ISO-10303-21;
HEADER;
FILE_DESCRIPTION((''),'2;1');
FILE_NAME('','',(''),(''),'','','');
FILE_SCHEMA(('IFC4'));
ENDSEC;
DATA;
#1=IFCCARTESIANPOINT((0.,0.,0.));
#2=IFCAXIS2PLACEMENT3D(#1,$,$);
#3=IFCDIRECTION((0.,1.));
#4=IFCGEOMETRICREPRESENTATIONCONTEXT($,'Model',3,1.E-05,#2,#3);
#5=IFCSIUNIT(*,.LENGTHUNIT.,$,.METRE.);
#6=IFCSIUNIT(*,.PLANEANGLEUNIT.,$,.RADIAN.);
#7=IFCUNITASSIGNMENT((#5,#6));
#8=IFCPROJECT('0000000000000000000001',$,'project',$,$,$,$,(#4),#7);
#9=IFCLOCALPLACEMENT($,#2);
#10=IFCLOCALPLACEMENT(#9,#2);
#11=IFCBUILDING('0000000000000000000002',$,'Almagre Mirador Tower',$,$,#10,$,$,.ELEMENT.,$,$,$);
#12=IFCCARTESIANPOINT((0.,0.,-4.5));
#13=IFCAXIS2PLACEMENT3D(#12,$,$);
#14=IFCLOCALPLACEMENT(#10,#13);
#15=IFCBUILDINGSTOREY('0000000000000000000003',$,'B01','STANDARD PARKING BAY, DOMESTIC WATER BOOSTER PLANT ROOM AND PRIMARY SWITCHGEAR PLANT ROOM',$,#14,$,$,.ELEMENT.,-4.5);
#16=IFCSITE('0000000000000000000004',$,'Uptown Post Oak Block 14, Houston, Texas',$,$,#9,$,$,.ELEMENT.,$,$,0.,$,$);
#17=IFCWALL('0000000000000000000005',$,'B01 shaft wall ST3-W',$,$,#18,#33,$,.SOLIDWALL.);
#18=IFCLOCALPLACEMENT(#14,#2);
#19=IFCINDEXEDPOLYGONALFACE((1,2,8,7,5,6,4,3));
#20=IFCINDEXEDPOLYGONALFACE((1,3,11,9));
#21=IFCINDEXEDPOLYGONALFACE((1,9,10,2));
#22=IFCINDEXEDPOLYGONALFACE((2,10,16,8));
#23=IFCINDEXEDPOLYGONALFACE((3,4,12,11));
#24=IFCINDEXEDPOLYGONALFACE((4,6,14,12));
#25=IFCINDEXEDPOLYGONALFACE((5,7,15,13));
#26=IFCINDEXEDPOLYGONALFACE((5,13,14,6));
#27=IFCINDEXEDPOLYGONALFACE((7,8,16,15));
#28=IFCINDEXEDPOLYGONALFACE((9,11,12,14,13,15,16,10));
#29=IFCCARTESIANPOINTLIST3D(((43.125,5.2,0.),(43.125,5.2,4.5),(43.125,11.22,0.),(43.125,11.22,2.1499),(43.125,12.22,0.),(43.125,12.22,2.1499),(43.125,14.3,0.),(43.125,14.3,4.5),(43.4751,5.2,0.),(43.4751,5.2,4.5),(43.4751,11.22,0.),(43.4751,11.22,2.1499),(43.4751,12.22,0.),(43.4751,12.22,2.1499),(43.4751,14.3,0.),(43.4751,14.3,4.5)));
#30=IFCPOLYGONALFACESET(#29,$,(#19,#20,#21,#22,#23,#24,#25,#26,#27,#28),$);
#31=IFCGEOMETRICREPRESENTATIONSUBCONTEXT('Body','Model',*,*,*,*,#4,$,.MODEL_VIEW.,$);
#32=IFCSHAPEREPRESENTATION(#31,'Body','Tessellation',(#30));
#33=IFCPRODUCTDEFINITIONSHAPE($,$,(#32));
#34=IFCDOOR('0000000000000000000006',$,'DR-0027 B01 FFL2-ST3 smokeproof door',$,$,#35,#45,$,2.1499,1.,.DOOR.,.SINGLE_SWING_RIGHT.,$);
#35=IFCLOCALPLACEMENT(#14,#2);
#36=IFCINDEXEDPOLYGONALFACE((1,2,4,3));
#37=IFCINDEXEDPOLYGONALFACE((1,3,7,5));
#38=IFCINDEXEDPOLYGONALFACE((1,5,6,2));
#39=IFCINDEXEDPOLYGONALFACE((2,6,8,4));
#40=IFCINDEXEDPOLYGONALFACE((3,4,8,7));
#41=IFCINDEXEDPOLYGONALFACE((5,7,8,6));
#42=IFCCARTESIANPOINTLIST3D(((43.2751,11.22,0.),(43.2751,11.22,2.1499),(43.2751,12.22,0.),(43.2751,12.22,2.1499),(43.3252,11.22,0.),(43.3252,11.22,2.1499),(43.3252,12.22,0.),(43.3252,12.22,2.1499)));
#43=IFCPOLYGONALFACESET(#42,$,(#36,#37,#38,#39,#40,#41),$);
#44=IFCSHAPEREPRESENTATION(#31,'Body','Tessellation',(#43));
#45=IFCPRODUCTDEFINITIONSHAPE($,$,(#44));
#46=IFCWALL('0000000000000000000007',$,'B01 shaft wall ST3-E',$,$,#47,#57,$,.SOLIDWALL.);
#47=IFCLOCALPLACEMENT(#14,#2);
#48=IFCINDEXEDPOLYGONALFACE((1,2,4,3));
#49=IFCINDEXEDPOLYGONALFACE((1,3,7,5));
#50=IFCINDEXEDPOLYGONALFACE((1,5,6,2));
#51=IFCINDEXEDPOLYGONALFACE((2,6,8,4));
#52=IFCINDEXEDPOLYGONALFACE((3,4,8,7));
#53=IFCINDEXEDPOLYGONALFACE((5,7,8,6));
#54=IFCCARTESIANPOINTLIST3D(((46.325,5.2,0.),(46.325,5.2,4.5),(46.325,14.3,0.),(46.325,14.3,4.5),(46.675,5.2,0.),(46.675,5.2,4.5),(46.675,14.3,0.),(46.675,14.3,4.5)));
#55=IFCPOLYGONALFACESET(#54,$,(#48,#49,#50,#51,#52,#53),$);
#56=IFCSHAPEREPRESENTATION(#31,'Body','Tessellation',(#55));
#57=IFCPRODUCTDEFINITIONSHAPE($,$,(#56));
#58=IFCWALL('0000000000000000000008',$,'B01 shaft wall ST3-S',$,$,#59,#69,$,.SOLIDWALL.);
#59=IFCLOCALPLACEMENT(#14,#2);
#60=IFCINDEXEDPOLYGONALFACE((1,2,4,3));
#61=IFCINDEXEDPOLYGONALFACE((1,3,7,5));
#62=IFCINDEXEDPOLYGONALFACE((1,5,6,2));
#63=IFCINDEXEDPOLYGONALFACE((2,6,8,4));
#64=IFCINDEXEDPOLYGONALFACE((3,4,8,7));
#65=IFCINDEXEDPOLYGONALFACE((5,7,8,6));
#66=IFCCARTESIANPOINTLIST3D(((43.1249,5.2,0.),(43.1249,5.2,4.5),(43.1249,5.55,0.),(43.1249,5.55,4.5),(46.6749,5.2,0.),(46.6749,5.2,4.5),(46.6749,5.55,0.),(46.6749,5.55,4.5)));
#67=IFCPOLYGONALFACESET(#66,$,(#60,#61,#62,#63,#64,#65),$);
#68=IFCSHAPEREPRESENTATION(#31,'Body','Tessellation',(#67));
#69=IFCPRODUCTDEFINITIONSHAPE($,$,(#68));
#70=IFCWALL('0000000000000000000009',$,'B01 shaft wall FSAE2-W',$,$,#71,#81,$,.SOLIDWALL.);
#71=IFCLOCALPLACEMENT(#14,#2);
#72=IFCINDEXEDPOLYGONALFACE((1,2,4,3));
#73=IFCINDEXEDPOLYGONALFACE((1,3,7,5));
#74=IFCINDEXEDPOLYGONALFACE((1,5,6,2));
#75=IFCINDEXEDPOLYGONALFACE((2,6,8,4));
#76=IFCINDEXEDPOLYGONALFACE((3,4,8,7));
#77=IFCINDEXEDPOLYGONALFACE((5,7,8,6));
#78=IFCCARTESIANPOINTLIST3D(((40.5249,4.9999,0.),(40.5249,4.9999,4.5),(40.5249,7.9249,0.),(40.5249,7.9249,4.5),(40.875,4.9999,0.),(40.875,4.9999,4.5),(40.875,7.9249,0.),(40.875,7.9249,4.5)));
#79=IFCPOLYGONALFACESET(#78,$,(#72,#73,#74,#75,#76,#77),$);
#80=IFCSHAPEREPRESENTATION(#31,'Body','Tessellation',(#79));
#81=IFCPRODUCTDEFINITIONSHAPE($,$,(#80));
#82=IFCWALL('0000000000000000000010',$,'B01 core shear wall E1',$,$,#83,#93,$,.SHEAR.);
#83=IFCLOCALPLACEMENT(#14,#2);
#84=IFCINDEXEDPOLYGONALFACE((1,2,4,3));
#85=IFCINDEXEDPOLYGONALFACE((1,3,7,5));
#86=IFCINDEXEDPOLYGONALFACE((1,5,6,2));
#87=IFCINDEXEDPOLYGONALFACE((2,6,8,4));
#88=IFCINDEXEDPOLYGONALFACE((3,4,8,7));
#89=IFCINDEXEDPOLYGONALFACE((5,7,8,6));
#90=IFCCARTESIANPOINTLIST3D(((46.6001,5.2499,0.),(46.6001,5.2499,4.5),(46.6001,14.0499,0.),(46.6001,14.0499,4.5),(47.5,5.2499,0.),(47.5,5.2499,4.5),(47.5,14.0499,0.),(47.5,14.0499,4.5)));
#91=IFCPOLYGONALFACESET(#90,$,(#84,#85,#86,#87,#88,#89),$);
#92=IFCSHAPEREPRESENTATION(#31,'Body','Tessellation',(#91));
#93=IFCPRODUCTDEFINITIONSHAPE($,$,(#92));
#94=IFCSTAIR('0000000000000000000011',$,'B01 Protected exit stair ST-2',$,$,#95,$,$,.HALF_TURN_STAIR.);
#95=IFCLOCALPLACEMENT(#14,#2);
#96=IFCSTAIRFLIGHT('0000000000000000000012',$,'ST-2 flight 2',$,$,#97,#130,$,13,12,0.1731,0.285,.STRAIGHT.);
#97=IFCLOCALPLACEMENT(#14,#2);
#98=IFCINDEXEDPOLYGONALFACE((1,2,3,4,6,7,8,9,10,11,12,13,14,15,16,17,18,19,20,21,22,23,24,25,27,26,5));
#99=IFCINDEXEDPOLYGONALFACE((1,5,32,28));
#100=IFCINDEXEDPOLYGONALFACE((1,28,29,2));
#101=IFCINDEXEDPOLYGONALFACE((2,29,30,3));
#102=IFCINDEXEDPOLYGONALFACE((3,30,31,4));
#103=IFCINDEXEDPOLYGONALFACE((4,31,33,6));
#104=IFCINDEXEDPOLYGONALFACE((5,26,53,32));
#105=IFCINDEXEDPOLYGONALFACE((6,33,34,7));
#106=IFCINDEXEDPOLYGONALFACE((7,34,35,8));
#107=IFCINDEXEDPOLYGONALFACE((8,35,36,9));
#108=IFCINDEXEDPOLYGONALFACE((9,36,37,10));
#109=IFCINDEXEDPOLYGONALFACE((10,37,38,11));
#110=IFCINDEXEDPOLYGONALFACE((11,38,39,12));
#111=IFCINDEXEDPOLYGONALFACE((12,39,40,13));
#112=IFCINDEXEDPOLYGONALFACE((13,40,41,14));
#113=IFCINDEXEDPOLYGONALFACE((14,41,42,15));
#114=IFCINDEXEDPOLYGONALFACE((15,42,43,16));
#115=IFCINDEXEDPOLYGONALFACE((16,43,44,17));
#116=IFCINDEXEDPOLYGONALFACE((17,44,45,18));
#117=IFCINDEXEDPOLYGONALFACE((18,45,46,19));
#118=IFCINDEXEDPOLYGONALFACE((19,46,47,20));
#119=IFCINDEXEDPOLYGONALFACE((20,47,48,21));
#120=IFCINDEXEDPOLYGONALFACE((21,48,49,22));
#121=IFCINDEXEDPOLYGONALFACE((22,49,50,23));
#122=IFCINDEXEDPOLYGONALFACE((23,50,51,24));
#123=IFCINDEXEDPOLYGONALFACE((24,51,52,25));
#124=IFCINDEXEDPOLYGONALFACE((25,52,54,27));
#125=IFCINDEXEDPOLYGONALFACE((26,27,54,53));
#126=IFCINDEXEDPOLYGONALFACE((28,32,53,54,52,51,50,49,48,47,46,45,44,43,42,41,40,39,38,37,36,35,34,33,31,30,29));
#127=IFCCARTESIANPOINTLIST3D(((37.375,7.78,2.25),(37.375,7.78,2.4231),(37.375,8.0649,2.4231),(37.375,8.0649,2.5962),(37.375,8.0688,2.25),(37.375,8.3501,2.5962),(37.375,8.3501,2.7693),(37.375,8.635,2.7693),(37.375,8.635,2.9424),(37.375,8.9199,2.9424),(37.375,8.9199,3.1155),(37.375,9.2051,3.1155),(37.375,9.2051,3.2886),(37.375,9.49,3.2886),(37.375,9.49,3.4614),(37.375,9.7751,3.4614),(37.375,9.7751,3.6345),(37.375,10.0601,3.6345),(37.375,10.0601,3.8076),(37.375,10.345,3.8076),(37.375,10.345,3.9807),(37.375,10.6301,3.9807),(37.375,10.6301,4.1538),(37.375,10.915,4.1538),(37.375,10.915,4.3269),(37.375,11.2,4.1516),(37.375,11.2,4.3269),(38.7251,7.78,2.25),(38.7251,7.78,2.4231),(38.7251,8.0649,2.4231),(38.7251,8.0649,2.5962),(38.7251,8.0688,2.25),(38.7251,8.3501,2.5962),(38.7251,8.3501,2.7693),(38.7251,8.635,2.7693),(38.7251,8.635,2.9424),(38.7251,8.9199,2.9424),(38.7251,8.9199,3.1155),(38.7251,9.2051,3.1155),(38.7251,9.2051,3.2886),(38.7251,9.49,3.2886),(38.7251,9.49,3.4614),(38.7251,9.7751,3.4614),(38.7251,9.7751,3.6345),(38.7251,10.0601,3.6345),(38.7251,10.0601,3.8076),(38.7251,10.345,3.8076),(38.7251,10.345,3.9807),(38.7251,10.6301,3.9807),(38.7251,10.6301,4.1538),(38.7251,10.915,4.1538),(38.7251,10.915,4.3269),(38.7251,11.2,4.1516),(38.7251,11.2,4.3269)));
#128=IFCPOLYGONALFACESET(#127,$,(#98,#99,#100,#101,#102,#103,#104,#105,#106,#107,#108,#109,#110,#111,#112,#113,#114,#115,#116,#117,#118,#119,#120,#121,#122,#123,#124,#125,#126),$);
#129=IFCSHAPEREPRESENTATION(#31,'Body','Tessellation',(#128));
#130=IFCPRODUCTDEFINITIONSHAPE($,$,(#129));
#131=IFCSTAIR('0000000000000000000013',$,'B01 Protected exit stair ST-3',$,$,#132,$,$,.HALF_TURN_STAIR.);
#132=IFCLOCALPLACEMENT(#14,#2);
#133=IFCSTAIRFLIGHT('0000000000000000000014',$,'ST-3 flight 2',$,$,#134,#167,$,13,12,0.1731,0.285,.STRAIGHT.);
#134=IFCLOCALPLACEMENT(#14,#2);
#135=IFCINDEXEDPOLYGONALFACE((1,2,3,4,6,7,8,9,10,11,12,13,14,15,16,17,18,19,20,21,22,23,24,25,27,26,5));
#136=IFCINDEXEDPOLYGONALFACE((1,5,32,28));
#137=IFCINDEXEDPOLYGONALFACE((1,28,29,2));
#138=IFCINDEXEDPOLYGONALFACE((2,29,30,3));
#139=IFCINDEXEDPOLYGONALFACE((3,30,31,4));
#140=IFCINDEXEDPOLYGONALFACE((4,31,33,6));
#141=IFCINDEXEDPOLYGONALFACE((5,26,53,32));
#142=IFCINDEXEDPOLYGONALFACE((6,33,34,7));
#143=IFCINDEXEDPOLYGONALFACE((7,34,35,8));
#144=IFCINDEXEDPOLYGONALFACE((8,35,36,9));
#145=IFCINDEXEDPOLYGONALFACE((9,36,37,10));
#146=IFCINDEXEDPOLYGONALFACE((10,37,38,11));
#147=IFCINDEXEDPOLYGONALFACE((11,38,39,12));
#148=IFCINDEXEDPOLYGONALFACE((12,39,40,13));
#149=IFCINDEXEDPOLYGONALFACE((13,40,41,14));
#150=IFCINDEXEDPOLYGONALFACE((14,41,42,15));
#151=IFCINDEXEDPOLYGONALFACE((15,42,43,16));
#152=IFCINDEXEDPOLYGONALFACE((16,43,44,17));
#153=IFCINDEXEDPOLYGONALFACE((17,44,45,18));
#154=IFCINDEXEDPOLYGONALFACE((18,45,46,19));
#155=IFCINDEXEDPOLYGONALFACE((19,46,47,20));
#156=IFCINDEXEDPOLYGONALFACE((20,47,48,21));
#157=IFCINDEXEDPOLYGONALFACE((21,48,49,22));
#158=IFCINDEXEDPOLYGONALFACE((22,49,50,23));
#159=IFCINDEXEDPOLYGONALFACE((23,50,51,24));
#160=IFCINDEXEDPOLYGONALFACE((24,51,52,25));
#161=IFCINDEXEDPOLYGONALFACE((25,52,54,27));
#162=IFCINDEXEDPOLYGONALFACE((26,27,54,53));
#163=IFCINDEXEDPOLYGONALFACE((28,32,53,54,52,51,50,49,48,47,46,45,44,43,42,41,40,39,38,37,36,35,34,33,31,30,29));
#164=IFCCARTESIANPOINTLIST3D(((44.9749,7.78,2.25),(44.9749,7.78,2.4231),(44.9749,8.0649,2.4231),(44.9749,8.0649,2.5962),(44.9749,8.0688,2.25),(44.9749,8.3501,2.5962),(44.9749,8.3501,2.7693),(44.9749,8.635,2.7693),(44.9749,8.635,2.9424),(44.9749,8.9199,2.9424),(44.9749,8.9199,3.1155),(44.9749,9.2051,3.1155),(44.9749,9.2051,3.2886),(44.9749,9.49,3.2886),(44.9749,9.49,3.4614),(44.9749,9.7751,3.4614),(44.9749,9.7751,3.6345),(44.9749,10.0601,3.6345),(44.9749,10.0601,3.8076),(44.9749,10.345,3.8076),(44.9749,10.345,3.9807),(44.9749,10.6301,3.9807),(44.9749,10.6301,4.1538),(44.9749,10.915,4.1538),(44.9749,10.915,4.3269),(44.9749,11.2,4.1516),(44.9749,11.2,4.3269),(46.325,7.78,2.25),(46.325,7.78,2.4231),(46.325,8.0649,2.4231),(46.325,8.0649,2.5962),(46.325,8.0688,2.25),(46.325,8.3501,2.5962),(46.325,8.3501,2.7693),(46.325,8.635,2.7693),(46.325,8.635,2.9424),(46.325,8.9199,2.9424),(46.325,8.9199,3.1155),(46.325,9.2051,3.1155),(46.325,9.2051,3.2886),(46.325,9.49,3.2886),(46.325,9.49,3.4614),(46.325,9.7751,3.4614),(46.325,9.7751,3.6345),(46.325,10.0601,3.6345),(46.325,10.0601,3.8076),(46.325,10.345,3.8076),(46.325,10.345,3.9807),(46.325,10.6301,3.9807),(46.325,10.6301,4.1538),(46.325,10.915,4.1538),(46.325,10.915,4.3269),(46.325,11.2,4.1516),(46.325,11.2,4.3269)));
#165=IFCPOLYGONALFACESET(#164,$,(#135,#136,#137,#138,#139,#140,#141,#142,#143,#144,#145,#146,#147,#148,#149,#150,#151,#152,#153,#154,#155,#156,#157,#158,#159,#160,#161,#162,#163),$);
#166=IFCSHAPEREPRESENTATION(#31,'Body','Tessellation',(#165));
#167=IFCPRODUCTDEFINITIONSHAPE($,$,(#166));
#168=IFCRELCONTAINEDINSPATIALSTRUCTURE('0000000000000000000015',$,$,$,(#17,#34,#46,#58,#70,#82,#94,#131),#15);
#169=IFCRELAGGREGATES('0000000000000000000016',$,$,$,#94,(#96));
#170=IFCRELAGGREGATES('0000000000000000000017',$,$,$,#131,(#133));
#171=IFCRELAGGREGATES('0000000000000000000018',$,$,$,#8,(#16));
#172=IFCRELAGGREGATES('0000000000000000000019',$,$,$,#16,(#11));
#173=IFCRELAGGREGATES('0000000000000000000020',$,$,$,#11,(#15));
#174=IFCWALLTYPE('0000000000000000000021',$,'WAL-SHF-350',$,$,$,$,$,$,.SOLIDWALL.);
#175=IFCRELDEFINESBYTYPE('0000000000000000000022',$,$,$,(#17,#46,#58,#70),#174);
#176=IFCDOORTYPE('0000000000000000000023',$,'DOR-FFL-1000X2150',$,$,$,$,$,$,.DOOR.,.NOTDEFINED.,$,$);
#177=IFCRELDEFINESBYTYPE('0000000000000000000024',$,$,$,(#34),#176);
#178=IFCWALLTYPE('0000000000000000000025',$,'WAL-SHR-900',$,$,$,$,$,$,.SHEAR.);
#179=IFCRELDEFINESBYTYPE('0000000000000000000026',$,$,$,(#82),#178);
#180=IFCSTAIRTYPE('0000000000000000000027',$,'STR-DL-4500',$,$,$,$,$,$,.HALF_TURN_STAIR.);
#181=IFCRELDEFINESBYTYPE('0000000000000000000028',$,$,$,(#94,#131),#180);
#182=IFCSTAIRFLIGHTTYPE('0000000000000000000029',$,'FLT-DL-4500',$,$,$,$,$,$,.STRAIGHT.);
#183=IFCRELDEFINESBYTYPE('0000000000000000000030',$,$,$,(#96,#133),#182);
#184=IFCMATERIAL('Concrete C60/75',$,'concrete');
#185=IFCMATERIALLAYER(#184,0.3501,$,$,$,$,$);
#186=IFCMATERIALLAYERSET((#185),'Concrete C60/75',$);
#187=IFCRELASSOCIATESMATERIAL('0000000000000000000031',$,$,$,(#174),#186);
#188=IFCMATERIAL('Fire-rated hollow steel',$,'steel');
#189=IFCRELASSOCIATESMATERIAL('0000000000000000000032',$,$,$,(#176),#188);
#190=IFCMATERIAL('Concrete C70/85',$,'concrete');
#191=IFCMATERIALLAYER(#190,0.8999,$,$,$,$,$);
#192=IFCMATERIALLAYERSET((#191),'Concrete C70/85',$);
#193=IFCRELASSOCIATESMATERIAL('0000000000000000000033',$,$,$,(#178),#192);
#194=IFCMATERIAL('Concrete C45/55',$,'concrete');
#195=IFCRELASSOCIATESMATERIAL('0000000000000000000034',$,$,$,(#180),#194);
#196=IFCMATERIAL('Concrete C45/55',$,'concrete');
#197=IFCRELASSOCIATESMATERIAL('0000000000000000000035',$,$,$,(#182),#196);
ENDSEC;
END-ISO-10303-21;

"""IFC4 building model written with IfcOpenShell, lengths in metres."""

from ifc_helpers import new_model, si_unit, direction, frame, frame_2d, origin, place, context, subcontext, project, spatial, polyline, rectangle, outline, extrude, material, layer, layer_set, type_object, element, fill, aggregate, save


model = new_model("IFC4")

# Units and contexts
model_context = context("Model", 3, precision=1e-05, world=origin(), true_north=direction((0.0, 1.0)))
body_context = subcontext(model_context, "Body", "Model", "MODEL_VIEW")
ifc_project = project(units=[si_unit("LENGTHUNIT", "METRE"), si_unit("PLANEANGLEUNIT", "RADIAN")], contexts=[model_context])

# Site, building, storey
site_placement = place(None, origin())
site = spatial("IfcSite", under=ifc_project, at=site_placement, Name="Uptown Post Oak Block 14, Houston, Texas", CompositionType="ELEMENT", RefElevation=0.0)
building_placement = place(site_placement, origin())
building = spatial("IfcBuilding", under=site, at=building_placement, Name="Almagre Mirador Tower", CompositionType="ELEMENT")
storey_placement = place(building_placement, frame((0.0, 0.0, -4.5)))
storey = spatial("IfcBuildingStorey", under=building, at=storey_placement, Name="B01", Description="STANDARD PARKING BAY, DOMESTIC WATER BOOSTER PLANT ROOM AND PRIMARY SWITCHGEAR PLANT ROOM", CompositionType="ELEMENT", Elevation=-4.5)

# Wall, opening, door
ifc_material_1 = material(Name="Concrete C60/75", Category="concrete")
ifc_layer_1 = layer(ifc_material_1, 0.3501)
ifc_layer_set_1 = layer_set([ifc_layer_1], Name="Concrete C60/75")
wall_type_1 = type_object("IfcWallType", Name="WAL-SHF-350", PredefinedType="SOLIDWALL", material=ifc_layer_set_1)
ifc_material_2 = material(Name="Fire-rated hollow steel", Category="steel")
door_type = type_object("IfcDoorType", Name="DOR-FFL-1000X2150", OperationType="NOTDEFINED", PredefinedType="DOOR", material=ifc_material_2)
wall_1_placement = place(storey_placement, frame((43.3, 5.2, 0.0), z_axis=(0.0, 0.0, 1.0), x_axis=(0.0, 1.0, 0.0)))
wall_1 = element("IfcWall", 1, at=wall_1_placement, inside=storey, type_object=wall_type_1, Name="B01 shaft wall ST3-W", PredefinedType="SOLIDWALL", context=body_context, shape_type="SweptSolid", body=[
    extrude(rectangle(XDim=9.1001, YDim=0.3501, at=frame_2d((4.55, 0.0))), origin(), (0.0, 0.0, 1.0), 4.5),
])
opening_1_placement = place(wall_1_placement, frame((6.02, 0.0, 0.0)))
opening_1 = element("IfcOpeningElement", 2, at=opening_1_placement, cuts=wall_1, PredefinedType="OPENING", context=body_context, shape_type="SweptSolid", body=[
    extrude(rectangle(XDim=1.0, YDim=2.1499, at=frame_2d((0.5, 1.075))), frame((0.0, 0.185, 0.0), z_axis=(0.0, -1.0, 0.0), x_axis=(1.0, 0.0, 0.0)), (0.0, 0.0, 1.0), 0.3701),
])
door_1_placement = place(opening_1_placement, origin())
door_1 = element("IfcDoor", 3, at=door_1_placement, inside=storey, type_object=door_type, Name="DR-0027 B01 FFL2-ST3 smokeproof door", OperationType="SINGLE_SWING_RIGHT", OverallHeight=2.1499, OverallWidth=1.0, PredefinedType="DOOR", context=body_context, shape_type="SweptSolid", body=[
    extrude(rectangle(XDim=1.0, YDim=2.1499, at=frame_2d((0.5, 1.075))), frame((0.0, 0.0249, 0.0), z_axis=(0.0, -1.0, 0.0), x_axis=(1.0, 0.0, 0.0)), (0.0, 0.0, 1.0), 0.05),
])
fill(opening_1, door_1)

# Walls
wall_2_placement = place(storey_placement, frame((46.5, 5.2, 0.0), z_axis=(0.0, 0.0, 1.0), x_axis=(0.0, 1.0, 0.0)))
element("IfcWall", 4, at=wall_2_placement, inside=storey, type_object=wall_type_1, Name="B01 shaft wall ST3-E", PredefinedType="SOLIDWALL", context=body_context, shape_type="SweptSolid", body=[
    extrude(rectangle(XDim=9.1001, YDim=0.3501, at=frame_2d((4.55, 0.0))), origin(), (0.0, 0.0, 1.0), 4.5),
])
wall_3_placement = place(storey_placement, frame((43.125, 5.375, 0.0), z_axis=(0.0, 0.0, 1.0), x_axis=(1.0, 0.0, 0.0)))
element("IfcWall", 5, at=wall_3_placement, inside=storey, type_object=wall_type_1, Name="B01 shaft wall ST3-S", PredefinedType="SOLIDWALL", context=body_context, shape_type="SweptSolid", body=[
    extrude(rectangle(XDim=3.55, YDim=0.3501, at=frame_2d((1.7749, 0.0))), origin(), (0.0, 0.0, 1.0), 4.5),
])
wall_4_placement = place(storey_placement, frame((40.7, 5.0, 0.0), z_axis=(0.0, 0.0, 1.0), x_axis=(0.0, 1.0, 0.0)))
element("IfcWall", 6, at=wall_4_placement, inside=storey, type_object=wall_type_1, Name="B01 shaft wall FSAE2-W", PredefinedType="SOLIDWALL", context=body_context, shape_type="SweptSolid", body=[
    extrude(rectangle(XDim=2.925, YDim=0.3501, at=frame_2d((1.4624, 0.0))), origin(), (0.0, 0.0, 1.0), 4.5),
])
ifc_material_3 = material(Name="Concrete C70/85", Category="concrete")
ifc_layer_2 = layer(ifc_material_3, 0.8999)
ifc_layer_set_2 = layer_set([ifc_layer_2], Name="Concrete C70/85")
wall_type_2 = type_object("IfcWallType", Name="WAL-SHR-900", PredefinedType="SHEAR", material=ifc_layer_set_2)
wall_5_placement = place(storey_placement, frame((47.05, 5.25, 0.0), z_axis=(0.0, 0.0, 1.0), x_axis=(0.0, 1.0, 0.0)))
element("IfcWall", 7, at=wall_5_placement, inside=storey, type_object=wall_type_2, Name="B01 core shear wall E1", PredefinedType="SHEAR", context=body_context, shape_type="SweptSolid", body=[
    extrude(rectangle(XDim=8.8, YDim=0.8999, at=frame_2d((4.3999, 0.0))), origin(), (0.0, 0.0, 1.0), 4.5),
])

# Stairs, stair flights
ifc_material_4 = material(Name="Concrete C45/55", Category="concrete")
stair_type = type_object("IfcStairType", Name="STR-DL-4500", PredefinedType="HALF_TURN_STAIR", material=ifc_material_4)
stair_1_placement = place(storey_placement, origin())
stair_1 = element("IfcStair", 8, at=stair_1_placement, inside=storey, type_object=stair_type, Name="B01 Protected exit stair ST-2", PredefinedType="HALF_TURN_STAIR")
ifc_material_5 = material(Name="Concrete C45/55", Category="concrete")
stair_flight_type = type_object("IfcStairFlightType", Name="FLT-DL-4500", PredefinedType="STRAIGHT", material=ifc_material_5)
stair_flight_1_placement = place(storey_placement, frame((38.05, 7.78, 2.25), z_axis=(0.0, 0.0, 1.0), x_axis=(0.0, 1.0, 0.0)))
stair_flight_1 = element("IfcStairFlight", 9, at=stair_flight_1_placement, type_object=stair_flight_type, Name="ST-2 flight 2", NumberOfRisers=13, NumberOfTreads=12, PredefinedType="STRAIGHT", RiserHeight=0.1731, TreadLength=0.285, context=body_context, shape_type="SweptSolid", body=[
    extrude(outline(polyline([(0.0, 0.0), (0.0, 0.1731), (0.2849, 0.1731), (0.2849, 0.3462), (0.5701, 0.3462), (0.5701, 0.5193), (0.855, 0.5193), (0.855, 0.6924), (1.1399, 0.6924), (1.1399, 0.8655), (1.425, 0.8655), (1.425, 1.0386), (1.71, 1.0386), (1.71, 1.2114), (1.9951, 1.2114), (1.9951, 1.3845), (2.28, 1.3845), (2.28, 1.5576), (2.5649, 1.5576), (2.5649, 1.7307), (2.8501, 1.7307), (2.8501, 1.9038), (3.135, 1.9038), (3.135, 2.0769), (3.4199, 2.0769), (3.4199, 2.25), (3.4199, 1.9016), (0.2888, 0.0), (0.0, 0.0)])), frame((0.0, 0.675, 0.0), z_axis=(0.0, -1.0, 0.0), x_axis=(1.0, 0.0, 0.0)), (0.0, 0.0, 1.0), 1.3501),
])
aggregate(stair_1, [stair_flight_1])
stair_2_placement = place(storey_placement, origin())
stair_2 = element("IfcStair", 10, at=stair_2_placement, inside=storey, type_object=stair_type, Name="B01 Protected exit stair ST-3", PredefinedType="HALF_TURN_STAIR")
stair_flight_2_placement = place(storey_placement, frame((45.6499, 7.78, 2.25), z_axis=(0.0, 0.0, 1.0), x_axis=(0.0, 1.0, 0.0)))
stair_flight_2 = element("IfcStairFlight", 11, at=stair_flight_2_placement, type_object=stair_flight_type, Name="ST-3 flight 2", NumberOfRisers=13, NumberOfTreads=12, PredefinedType="STRAIGHT", RiserHeight=0.1731, TreadLength=0.285, context=body_context, shape_type="SweptSolid", body=[
    extrude(outline(polyline([(0.0, 0.0), (0.0, 0.1731), (0.2849, 0.1731), (0.2849, 0.3462), (0.5701, 0.3462), (0.5701, 0.5193), (0.855, 0.5193), (0.855, 0.6924), (1.1399, 0.6924), (1.1399, 0.8655), (1.425, 0.8655), (1.425, 1.0386), (1.71, 1.0386), (1.71, 1.2114), (1.9951, 1.2114), (1.9951, 1.3845), (2.28, 1.3845), (2.28, 1.5576), (2.5649, 1.5576), (2.5649, 1.7307), (2.8501, 1.7307), (2.8501, 1.9038), (3.135, 1.9038), (3.135, 2.0769), (3.4199, 2.0769), (3.4199, 2.25), (3.4199, 1.9016), (0.2888, 0.0), (0.0, 0.0)])), frame((0.0, 0.675, 0.0), z_axis=(0.0, -1.0, 0.0), x_axis=(1.0, 0.0, 0.0)), (0.0, 0.0, 1.0), 1.3501),
])
aggregate(stair_2, [stair_flight_2])

save(model, "model.ifc")
